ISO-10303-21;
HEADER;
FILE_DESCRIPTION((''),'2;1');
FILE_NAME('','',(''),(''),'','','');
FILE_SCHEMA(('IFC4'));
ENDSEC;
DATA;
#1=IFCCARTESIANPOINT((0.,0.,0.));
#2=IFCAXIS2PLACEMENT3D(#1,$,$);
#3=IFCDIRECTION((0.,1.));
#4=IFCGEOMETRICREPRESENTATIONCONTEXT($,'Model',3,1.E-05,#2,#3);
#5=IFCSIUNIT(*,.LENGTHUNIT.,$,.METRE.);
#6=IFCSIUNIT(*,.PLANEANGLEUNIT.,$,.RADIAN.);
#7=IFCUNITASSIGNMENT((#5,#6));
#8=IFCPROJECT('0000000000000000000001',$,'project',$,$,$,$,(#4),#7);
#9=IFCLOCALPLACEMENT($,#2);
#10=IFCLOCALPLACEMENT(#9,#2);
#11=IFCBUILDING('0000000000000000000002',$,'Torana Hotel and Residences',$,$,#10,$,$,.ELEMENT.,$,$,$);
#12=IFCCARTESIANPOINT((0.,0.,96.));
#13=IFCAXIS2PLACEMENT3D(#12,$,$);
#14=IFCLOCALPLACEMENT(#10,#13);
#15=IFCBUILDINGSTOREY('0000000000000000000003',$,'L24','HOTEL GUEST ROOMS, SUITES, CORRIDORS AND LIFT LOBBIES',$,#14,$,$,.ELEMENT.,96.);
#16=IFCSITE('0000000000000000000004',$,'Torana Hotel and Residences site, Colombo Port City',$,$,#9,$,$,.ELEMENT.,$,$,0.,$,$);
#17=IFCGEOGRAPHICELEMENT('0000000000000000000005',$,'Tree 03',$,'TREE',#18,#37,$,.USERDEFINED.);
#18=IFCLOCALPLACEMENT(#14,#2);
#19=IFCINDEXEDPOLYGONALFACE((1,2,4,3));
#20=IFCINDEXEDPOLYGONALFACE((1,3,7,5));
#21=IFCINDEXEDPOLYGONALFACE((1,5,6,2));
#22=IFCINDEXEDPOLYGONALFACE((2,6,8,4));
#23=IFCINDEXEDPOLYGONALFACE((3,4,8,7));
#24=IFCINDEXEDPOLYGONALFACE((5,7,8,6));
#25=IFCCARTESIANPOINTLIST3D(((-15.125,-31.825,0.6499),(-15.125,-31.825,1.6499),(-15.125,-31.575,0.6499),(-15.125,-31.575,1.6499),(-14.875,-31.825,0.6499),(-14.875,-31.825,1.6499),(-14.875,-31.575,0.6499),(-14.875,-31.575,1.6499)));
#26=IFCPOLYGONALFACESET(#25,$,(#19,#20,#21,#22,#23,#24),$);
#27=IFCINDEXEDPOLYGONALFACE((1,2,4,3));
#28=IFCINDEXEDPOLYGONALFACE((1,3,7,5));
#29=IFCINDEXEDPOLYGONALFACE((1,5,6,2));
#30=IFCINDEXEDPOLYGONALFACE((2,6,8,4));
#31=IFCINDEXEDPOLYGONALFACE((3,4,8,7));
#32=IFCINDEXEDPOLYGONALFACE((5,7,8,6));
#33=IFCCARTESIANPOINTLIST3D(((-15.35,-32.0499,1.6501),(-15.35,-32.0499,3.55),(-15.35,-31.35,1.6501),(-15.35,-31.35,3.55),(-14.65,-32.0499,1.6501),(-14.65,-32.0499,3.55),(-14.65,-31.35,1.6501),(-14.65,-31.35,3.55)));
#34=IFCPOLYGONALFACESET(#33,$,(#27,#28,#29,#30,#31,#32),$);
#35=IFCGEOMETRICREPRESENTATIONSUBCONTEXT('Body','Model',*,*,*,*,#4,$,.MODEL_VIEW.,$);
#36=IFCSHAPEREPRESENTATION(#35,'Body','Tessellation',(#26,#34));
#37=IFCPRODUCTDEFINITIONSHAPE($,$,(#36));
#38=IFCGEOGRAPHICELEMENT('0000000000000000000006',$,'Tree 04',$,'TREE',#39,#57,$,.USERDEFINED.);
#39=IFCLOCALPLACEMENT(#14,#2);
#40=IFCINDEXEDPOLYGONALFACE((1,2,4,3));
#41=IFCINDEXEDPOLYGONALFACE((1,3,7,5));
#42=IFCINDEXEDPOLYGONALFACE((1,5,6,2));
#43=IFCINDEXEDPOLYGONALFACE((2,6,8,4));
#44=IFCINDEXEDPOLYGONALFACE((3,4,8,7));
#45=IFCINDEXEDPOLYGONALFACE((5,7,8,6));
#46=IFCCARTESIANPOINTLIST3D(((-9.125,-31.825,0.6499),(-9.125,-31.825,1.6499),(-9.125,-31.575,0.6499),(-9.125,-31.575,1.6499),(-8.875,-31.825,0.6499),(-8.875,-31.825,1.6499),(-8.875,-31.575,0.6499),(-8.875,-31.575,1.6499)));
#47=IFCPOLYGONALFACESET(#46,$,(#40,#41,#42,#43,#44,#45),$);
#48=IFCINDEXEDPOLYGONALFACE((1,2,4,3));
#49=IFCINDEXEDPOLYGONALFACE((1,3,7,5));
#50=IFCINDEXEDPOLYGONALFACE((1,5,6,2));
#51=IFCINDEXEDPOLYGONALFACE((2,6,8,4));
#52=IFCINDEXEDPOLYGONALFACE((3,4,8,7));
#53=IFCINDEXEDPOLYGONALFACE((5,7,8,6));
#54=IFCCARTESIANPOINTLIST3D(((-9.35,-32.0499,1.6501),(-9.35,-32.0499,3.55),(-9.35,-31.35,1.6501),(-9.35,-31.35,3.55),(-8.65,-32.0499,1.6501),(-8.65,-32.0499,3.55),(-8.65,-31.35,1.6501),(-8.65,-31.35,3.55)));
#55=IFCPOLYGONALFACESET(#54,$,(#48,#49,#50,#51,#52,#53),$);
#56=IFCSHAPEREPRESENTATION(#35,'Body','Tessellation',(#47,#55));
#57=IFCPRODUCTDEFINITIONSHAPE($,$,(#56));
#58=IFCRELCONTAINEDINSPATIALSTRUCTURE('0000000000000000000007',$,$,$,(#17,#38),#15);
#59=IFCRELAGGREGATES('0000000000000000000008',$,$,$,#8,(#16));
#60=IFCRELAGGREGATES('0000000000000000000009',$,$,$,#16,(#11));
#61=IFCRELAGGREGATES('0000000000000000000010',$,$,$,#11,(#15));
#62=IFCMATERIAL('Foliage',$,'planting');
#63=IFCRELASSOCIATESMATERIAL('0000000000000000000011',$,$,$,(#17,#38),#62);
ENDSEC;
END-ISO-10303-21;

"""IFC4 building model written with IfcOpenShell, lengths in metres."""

from ifc_helpers import new_model, si_unit, direction, frame, origin, origin_2d, place, context, subcontext, project, spatial, rectangle, extrude, material, element, save


model = new_model("IFC4")

# Units and contexts
model_context = context("Model", 3, precision=1e-05, world=origin(), true_north=direction((0.0, 1.0)))
body_context = subcontext(model_context, "Body", "Model", "MODEL_VIEW")
ifc_project = project(units=[si_unit("LENGTHUNIT", "METRE"), si_unit("PLANEANGLEUNIT", "RADIAN")], contexts=[model_context])

# Site, building, storey
site_placement = place(None, origin())
site = spatial("IfcSite", under=ifc_project, at=site_placement, Name="Torana Hotel and Residences site, Colombo Port City", CompositionType="ELEMENT", RefElevation=0.0)
building_placement = place(site_placement, origin())
building = spatial("IfcBuilding", under=site, at=building_placement, Name="Torana Hotel and Residences", CompositionType="ELEMENT")
storey_placement = place(building_placement, frame((0.0, 0.0, 96.0)))
storey = spatial("IfcBuildingStorey", under=building, at=storey_placement, Name="L24", Description="HOTEL GUEST ROOMS, SUITES, CORRIDORS AND LIFT LOBBIES", CompositionType="ELEMENT", Elevation=96.0)

# Geographic elements
ifc_material_1 = material(Name="Foliage", Category="planting")
for number, where, z_axis, x_axis, name in (
    (1, (-15.0, -31.7, 0.6499), (0.0, 0.0, 1.0), (1.0, 0.0, 0.0), "Tree 03"),
    (2, (-9.0, -31.7, 0.6499), (0.0, 0.0, 1.0), (1.0, 0.0, 0.0), "Tree 04"),
):
    element("IfcGeographicElement", number, at=place(storey_placement, frame(where, z_axis=z_axis, x_axis=x_axis)), inside=storey, material=ifc_material_1, Name=name, ObjectType="TREE", PredefinedType="USERDEFINED", context=body_context, shape_type="SweptSolid", body=[
        extrude(rectangle(XDim=0.25, YDim=0.25, at=origin_2d()), origin(), (0.0, 0.0, 1.0), 1.0),
        extrude(rectangle(XDim=0.7, YDim=0.7, at=origin_2d()), frame((0.0, 0.0, 1.0002)), (0.0, 0.0, 1.0), 1.8999),
    ])

save(model, "model.ifc")
